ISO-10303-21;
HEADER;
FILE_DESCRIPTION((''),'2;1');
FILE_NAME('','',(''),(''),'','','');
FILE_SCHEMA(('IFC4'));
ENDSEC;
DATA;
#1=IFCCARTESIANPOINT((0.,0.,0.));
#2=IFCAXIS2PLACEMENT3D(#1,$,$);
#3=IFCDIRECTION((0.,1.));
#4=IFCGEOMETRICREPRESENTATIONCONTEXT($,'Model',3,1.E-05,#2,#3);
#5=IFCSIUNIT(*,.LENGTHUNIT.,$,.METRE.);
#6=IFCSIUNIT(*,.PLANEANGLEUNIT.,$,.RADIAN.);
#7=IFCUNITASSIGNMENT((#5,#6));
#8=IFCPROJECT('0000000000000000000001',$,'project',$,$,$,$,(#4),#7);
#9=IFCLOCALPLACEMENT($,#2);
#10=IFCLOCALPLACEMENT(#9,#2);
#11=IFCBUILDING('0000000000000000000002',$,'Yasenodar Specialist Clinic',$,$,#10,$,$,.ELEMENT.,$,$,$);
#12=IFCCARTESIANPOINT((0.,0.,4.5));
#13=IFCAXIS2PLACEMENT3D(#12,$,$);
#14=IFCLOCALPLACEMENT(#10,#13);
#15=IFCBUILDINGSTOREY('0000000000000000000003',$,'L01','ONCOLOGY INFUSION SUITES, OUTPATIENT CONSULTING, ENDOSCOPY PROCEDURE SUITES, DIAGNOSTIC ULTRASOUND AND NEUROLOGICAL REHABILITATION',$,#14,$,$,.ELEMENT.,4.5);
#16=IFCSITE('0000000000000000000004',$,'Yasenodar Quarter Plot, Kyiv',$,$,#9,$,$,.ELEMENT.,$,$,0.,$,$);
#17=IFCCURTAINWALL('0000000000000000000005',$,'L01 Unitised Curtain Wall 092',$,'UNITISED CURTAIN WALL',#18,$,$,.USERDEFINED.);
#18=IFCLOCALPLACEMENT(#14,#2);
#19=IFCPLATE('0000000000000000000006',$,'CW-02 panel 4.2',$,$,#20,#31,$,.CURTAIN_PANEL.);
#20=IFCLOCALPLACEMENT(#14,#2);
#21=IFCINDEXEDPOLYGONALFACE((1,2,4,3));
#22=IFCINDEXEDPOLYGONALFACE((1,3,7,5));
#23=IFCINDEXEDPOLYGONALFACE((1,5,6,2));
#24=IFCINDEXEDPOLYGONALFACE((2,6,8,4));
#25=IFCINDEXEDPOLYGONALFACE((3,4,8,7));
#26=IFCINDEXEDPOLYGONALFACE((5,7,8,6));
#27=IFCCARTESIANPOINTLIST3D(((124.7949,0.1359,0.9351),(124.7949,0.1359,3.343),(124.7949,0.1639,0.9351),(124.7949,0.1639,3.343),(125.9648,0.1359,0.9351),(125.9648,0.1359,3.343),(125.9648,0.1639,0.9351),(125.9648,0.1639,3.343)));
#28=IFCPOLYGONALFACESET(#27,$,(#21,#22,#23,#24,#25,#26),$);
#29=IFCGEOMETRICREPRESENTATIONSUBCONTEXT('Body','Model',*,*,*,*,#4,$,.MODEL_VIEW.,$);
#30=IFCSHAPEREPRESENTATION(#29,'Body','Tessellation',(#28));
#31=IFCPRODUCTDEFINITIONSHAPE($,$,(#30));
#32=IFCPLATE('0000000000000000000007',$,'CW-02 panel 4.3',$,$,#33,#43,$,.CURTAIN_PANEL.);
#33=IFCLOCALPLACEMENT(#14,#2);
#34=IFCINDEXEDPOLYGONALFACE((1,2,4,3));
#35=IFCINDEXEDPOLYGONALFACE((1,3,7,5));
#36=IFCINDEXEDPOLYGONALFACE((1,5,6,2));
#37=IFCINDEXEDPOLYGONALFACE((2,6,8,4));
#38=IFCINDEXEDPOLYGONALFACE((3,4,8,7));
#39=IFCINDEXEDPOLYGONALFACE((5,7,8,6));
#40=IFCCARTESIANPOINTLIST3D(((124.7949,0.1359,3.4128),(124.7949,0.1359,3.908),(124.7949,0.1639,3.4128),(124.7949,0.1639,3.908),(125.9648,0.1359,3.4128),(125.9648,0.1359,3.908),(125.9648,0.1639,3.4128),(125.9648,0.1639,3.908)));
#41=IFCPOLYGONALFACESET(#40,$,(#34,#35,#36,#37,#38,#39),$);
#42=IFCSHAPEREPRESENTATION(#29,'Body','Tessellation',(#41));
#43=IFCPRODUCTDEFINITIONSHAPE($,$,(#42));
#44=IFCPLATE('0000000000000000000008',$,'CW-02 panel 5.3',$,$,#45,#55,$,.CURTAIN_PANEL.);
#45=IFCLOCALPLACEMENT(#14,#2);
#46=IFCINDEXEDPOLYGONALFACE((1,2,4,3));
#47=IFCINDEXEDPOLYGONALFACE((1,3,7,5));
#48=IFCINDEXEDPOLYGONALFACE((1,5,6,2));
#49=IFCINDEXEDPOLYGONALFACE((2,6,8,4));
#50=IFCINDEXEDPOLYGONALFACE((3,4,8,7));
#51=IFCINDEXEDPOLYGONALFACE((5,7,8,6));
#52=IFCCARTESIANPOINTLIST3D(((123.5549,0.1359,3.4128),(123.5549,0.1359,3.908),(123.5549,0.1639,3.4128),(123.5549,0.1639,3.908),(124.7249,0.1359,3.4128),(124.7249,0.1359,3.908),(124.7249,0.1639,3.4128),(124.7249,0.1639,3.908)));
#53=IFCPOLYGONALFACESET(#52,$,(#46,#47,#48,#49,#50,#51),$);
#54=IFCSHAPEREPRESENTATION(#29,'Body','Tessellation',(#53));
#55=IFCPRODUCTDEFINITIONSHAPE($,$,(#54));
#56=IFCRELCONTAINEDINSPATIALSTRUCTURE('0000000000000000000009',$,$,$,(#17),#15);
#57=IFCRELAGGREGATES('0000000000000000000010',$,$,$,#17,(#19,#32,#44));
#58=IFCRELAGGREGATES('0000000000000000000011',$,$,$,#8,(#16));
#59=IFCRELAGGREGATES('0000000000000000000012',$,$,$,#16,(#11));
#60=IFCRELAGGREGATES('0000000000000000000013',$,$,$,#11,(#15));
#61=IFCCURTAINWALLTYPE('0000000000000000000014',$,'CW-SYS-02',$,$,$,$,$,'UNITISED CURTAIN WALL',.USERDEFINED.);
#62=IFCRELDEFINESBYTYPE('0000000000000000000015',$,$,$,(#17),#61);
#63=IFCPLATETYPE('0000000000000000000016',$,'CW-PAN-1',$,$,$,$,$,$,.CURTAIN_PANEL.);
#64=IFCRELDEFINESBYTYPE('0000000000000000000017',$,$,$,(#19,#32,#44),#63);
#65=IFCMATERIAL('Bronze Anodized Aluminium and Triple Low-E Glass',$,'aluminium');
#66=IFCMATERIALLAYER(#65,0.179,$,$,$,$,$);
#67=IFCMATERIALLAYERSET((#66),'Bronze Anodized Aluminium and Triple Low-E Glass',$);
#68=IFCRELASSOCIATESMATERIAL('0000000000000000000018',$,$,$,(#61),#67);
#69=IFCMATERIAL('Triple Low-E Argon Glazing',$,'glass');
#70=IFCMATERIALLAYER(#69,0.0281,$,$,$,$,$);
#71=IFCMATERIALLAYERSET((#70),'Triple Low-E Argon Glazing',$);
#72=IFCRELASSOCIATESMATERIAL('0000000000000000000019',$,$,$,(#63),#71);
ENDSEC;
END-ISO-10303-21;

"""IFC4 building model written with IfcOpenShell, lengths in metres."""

from ifc_helpers import new_model, si_unit, direction, frame, origin, origin_2d, place, context, subcontext, project, spatial, rectangle, extrude, material, layer, layer_set, type_object, element, aggregate, save


model = new_model("IFC4")

# Units and contexts
model_context = context("Model", 3, precision=1e-05, world=origin(), true_north=direction((0.0, 1.0)))
body_context = subcontext(model_context, "Body", "Model", "MODEL_VIEW")
ifc_project = project(units=[si_unit("LENGTHUNIT", "METRE"), si_unit("PLANEANGLEUNIT", "RADIAN")], contexts=[model_context])

# Site, building, storey
site_placement = place(None, origin())
site = spatial("IfcSite", under=ifc_project, at=site_placement, Name="Yasenodar Quarter Plot, Kyiv", CompositionType="ELEMENT", RefElevation=0.0)
building_placement = place(site_placement, origin())
building = spatial("IfcBuilding", under=site, at=building_placement, Name="Yasenodar Specialist Clinic", CompositionType="ELEMENT")
storey_placement = place(building_placement, frame((0.0, 0.0, 4.5)))
storey = spatial("IfcBuildingStorey", under=building, at=storey_placement, Name="L01", Description="ONCOLOGY INFUSION SUITES, OUTPATIENT CONSULTING, ENDOSCOPY PROCEDURE SUITES, DIAGNOSTIC ULTRASOUND AND NEUROLOGICAL REHABILITATION", CompositionType="ELEMENT", Elevation=4.5)

# Curtain wall
ifc_material_1 = material(Name="Bronze Anodized Aluminium and Triple Low-E Glass", Category="aluminium")
ifc_layer_1 = layer(ifc_material_1, 0.179)
ifc_layer_set_1 = layer_set([ifc_layer_1], Name="Bronze Anodized Aluminium and Triple Low-E Glass")
curtain_wall_type = type_object("IfcCurtainWallType", Name="CW-SYS-02", ElementType="UNITISED CURTAIN WALL", PredefinedType="USERDEFINED", material=ifc_layer_set_1)
curtain_wall_placement = place(storey_placement, origin())
curtain_wall = element("IfcCurtainWall", 1, at=curtain_wall_placement, inside=storey, type_object=curtain_wall_type, Name="L01 Unitised Curtain Wall 092", ObjectType="UNITISED CURTAIN WALL", PredefinedType="USERDEFINED")

# Plates
ifc_material_2 = material(Name="Triple Low-E Argon Glazing", Category="glass")
ifc_layer_2 = layer(ifc_material_2, 0.0281)
ifc_layer_set_2 = layer_set([ifc_layer_2], Name="Triple Low-E Argon Glazing")
plate_type = type_object("IfcPlateType", Name="CW-PAN-1", PredefinedType="CURTAIN_PANEL", material=ifc_layer_set_2)
plate_1_placement = place(storey_placement, frame((125.3799, 0.1499, 0.9351), z_axis=(0.0, 0.0, 1.0), x_axis=(-1.0, 0.0, 0.0)))
plate_1 = element("IfcPlate", 2, at=plate_1_placement, type_object=plate_type, Name="CW-02 panel 4.2", PredefinedType="CURTAIN_PANEL", context=body_context, shape_type="SweptSolid", body=[
    extrude(rectangle(XDim=1.1699, YDim=0.0281, at=origin_2d()), origin(), (0.0, 0.0, 1.0), 2.408),
])
plate_2_placement = place(storey_placement, frame((125.3799, 0.1499, 3.4128), z_axis=(0.0, 0.0, 1.0), x_axis=(-1.0, 0.0, 0.0)))
plate_2 = element("IfcPlate", 3, at=plate_2_placement, type_object=plate_type, Name="CW-02 panel 4.3", PredefinedType="CURTAIN_PANEL", context=body_context, shape_type="SweptSolid", body=[
    extrude(rectangle(XDim=1.1699, YDim=0.0281, at=origin_2d()), origin(), (0.0, 0.0, 1.0), 0.4951),
])
plate_3_placement = place(storey_placement, frame((124.1399, 0.1499, 3.4128), z_axis=(0.0, 0.0, 1.0), x_axis=(-1.0, 0.0, 0.0)))
plate_3 = element("IfcPlate", 4, at=plate_3_placement, type_object=plate_type, Name="CW-02 panel 5.3", PredefinedType="CURTAIN_PANEL", context=body_context, shape_type="SweptSolid", body=[
    extrude(rectangle(XDim=1.1699, YDim=0.0281, at=origin_2d()), origin(), (0.0, 0.0, 1.0), 0.4951),
])
aggregate(curtain_wall, [plate_1, plate_2, plate_3])

save(model, "model.ifc")
